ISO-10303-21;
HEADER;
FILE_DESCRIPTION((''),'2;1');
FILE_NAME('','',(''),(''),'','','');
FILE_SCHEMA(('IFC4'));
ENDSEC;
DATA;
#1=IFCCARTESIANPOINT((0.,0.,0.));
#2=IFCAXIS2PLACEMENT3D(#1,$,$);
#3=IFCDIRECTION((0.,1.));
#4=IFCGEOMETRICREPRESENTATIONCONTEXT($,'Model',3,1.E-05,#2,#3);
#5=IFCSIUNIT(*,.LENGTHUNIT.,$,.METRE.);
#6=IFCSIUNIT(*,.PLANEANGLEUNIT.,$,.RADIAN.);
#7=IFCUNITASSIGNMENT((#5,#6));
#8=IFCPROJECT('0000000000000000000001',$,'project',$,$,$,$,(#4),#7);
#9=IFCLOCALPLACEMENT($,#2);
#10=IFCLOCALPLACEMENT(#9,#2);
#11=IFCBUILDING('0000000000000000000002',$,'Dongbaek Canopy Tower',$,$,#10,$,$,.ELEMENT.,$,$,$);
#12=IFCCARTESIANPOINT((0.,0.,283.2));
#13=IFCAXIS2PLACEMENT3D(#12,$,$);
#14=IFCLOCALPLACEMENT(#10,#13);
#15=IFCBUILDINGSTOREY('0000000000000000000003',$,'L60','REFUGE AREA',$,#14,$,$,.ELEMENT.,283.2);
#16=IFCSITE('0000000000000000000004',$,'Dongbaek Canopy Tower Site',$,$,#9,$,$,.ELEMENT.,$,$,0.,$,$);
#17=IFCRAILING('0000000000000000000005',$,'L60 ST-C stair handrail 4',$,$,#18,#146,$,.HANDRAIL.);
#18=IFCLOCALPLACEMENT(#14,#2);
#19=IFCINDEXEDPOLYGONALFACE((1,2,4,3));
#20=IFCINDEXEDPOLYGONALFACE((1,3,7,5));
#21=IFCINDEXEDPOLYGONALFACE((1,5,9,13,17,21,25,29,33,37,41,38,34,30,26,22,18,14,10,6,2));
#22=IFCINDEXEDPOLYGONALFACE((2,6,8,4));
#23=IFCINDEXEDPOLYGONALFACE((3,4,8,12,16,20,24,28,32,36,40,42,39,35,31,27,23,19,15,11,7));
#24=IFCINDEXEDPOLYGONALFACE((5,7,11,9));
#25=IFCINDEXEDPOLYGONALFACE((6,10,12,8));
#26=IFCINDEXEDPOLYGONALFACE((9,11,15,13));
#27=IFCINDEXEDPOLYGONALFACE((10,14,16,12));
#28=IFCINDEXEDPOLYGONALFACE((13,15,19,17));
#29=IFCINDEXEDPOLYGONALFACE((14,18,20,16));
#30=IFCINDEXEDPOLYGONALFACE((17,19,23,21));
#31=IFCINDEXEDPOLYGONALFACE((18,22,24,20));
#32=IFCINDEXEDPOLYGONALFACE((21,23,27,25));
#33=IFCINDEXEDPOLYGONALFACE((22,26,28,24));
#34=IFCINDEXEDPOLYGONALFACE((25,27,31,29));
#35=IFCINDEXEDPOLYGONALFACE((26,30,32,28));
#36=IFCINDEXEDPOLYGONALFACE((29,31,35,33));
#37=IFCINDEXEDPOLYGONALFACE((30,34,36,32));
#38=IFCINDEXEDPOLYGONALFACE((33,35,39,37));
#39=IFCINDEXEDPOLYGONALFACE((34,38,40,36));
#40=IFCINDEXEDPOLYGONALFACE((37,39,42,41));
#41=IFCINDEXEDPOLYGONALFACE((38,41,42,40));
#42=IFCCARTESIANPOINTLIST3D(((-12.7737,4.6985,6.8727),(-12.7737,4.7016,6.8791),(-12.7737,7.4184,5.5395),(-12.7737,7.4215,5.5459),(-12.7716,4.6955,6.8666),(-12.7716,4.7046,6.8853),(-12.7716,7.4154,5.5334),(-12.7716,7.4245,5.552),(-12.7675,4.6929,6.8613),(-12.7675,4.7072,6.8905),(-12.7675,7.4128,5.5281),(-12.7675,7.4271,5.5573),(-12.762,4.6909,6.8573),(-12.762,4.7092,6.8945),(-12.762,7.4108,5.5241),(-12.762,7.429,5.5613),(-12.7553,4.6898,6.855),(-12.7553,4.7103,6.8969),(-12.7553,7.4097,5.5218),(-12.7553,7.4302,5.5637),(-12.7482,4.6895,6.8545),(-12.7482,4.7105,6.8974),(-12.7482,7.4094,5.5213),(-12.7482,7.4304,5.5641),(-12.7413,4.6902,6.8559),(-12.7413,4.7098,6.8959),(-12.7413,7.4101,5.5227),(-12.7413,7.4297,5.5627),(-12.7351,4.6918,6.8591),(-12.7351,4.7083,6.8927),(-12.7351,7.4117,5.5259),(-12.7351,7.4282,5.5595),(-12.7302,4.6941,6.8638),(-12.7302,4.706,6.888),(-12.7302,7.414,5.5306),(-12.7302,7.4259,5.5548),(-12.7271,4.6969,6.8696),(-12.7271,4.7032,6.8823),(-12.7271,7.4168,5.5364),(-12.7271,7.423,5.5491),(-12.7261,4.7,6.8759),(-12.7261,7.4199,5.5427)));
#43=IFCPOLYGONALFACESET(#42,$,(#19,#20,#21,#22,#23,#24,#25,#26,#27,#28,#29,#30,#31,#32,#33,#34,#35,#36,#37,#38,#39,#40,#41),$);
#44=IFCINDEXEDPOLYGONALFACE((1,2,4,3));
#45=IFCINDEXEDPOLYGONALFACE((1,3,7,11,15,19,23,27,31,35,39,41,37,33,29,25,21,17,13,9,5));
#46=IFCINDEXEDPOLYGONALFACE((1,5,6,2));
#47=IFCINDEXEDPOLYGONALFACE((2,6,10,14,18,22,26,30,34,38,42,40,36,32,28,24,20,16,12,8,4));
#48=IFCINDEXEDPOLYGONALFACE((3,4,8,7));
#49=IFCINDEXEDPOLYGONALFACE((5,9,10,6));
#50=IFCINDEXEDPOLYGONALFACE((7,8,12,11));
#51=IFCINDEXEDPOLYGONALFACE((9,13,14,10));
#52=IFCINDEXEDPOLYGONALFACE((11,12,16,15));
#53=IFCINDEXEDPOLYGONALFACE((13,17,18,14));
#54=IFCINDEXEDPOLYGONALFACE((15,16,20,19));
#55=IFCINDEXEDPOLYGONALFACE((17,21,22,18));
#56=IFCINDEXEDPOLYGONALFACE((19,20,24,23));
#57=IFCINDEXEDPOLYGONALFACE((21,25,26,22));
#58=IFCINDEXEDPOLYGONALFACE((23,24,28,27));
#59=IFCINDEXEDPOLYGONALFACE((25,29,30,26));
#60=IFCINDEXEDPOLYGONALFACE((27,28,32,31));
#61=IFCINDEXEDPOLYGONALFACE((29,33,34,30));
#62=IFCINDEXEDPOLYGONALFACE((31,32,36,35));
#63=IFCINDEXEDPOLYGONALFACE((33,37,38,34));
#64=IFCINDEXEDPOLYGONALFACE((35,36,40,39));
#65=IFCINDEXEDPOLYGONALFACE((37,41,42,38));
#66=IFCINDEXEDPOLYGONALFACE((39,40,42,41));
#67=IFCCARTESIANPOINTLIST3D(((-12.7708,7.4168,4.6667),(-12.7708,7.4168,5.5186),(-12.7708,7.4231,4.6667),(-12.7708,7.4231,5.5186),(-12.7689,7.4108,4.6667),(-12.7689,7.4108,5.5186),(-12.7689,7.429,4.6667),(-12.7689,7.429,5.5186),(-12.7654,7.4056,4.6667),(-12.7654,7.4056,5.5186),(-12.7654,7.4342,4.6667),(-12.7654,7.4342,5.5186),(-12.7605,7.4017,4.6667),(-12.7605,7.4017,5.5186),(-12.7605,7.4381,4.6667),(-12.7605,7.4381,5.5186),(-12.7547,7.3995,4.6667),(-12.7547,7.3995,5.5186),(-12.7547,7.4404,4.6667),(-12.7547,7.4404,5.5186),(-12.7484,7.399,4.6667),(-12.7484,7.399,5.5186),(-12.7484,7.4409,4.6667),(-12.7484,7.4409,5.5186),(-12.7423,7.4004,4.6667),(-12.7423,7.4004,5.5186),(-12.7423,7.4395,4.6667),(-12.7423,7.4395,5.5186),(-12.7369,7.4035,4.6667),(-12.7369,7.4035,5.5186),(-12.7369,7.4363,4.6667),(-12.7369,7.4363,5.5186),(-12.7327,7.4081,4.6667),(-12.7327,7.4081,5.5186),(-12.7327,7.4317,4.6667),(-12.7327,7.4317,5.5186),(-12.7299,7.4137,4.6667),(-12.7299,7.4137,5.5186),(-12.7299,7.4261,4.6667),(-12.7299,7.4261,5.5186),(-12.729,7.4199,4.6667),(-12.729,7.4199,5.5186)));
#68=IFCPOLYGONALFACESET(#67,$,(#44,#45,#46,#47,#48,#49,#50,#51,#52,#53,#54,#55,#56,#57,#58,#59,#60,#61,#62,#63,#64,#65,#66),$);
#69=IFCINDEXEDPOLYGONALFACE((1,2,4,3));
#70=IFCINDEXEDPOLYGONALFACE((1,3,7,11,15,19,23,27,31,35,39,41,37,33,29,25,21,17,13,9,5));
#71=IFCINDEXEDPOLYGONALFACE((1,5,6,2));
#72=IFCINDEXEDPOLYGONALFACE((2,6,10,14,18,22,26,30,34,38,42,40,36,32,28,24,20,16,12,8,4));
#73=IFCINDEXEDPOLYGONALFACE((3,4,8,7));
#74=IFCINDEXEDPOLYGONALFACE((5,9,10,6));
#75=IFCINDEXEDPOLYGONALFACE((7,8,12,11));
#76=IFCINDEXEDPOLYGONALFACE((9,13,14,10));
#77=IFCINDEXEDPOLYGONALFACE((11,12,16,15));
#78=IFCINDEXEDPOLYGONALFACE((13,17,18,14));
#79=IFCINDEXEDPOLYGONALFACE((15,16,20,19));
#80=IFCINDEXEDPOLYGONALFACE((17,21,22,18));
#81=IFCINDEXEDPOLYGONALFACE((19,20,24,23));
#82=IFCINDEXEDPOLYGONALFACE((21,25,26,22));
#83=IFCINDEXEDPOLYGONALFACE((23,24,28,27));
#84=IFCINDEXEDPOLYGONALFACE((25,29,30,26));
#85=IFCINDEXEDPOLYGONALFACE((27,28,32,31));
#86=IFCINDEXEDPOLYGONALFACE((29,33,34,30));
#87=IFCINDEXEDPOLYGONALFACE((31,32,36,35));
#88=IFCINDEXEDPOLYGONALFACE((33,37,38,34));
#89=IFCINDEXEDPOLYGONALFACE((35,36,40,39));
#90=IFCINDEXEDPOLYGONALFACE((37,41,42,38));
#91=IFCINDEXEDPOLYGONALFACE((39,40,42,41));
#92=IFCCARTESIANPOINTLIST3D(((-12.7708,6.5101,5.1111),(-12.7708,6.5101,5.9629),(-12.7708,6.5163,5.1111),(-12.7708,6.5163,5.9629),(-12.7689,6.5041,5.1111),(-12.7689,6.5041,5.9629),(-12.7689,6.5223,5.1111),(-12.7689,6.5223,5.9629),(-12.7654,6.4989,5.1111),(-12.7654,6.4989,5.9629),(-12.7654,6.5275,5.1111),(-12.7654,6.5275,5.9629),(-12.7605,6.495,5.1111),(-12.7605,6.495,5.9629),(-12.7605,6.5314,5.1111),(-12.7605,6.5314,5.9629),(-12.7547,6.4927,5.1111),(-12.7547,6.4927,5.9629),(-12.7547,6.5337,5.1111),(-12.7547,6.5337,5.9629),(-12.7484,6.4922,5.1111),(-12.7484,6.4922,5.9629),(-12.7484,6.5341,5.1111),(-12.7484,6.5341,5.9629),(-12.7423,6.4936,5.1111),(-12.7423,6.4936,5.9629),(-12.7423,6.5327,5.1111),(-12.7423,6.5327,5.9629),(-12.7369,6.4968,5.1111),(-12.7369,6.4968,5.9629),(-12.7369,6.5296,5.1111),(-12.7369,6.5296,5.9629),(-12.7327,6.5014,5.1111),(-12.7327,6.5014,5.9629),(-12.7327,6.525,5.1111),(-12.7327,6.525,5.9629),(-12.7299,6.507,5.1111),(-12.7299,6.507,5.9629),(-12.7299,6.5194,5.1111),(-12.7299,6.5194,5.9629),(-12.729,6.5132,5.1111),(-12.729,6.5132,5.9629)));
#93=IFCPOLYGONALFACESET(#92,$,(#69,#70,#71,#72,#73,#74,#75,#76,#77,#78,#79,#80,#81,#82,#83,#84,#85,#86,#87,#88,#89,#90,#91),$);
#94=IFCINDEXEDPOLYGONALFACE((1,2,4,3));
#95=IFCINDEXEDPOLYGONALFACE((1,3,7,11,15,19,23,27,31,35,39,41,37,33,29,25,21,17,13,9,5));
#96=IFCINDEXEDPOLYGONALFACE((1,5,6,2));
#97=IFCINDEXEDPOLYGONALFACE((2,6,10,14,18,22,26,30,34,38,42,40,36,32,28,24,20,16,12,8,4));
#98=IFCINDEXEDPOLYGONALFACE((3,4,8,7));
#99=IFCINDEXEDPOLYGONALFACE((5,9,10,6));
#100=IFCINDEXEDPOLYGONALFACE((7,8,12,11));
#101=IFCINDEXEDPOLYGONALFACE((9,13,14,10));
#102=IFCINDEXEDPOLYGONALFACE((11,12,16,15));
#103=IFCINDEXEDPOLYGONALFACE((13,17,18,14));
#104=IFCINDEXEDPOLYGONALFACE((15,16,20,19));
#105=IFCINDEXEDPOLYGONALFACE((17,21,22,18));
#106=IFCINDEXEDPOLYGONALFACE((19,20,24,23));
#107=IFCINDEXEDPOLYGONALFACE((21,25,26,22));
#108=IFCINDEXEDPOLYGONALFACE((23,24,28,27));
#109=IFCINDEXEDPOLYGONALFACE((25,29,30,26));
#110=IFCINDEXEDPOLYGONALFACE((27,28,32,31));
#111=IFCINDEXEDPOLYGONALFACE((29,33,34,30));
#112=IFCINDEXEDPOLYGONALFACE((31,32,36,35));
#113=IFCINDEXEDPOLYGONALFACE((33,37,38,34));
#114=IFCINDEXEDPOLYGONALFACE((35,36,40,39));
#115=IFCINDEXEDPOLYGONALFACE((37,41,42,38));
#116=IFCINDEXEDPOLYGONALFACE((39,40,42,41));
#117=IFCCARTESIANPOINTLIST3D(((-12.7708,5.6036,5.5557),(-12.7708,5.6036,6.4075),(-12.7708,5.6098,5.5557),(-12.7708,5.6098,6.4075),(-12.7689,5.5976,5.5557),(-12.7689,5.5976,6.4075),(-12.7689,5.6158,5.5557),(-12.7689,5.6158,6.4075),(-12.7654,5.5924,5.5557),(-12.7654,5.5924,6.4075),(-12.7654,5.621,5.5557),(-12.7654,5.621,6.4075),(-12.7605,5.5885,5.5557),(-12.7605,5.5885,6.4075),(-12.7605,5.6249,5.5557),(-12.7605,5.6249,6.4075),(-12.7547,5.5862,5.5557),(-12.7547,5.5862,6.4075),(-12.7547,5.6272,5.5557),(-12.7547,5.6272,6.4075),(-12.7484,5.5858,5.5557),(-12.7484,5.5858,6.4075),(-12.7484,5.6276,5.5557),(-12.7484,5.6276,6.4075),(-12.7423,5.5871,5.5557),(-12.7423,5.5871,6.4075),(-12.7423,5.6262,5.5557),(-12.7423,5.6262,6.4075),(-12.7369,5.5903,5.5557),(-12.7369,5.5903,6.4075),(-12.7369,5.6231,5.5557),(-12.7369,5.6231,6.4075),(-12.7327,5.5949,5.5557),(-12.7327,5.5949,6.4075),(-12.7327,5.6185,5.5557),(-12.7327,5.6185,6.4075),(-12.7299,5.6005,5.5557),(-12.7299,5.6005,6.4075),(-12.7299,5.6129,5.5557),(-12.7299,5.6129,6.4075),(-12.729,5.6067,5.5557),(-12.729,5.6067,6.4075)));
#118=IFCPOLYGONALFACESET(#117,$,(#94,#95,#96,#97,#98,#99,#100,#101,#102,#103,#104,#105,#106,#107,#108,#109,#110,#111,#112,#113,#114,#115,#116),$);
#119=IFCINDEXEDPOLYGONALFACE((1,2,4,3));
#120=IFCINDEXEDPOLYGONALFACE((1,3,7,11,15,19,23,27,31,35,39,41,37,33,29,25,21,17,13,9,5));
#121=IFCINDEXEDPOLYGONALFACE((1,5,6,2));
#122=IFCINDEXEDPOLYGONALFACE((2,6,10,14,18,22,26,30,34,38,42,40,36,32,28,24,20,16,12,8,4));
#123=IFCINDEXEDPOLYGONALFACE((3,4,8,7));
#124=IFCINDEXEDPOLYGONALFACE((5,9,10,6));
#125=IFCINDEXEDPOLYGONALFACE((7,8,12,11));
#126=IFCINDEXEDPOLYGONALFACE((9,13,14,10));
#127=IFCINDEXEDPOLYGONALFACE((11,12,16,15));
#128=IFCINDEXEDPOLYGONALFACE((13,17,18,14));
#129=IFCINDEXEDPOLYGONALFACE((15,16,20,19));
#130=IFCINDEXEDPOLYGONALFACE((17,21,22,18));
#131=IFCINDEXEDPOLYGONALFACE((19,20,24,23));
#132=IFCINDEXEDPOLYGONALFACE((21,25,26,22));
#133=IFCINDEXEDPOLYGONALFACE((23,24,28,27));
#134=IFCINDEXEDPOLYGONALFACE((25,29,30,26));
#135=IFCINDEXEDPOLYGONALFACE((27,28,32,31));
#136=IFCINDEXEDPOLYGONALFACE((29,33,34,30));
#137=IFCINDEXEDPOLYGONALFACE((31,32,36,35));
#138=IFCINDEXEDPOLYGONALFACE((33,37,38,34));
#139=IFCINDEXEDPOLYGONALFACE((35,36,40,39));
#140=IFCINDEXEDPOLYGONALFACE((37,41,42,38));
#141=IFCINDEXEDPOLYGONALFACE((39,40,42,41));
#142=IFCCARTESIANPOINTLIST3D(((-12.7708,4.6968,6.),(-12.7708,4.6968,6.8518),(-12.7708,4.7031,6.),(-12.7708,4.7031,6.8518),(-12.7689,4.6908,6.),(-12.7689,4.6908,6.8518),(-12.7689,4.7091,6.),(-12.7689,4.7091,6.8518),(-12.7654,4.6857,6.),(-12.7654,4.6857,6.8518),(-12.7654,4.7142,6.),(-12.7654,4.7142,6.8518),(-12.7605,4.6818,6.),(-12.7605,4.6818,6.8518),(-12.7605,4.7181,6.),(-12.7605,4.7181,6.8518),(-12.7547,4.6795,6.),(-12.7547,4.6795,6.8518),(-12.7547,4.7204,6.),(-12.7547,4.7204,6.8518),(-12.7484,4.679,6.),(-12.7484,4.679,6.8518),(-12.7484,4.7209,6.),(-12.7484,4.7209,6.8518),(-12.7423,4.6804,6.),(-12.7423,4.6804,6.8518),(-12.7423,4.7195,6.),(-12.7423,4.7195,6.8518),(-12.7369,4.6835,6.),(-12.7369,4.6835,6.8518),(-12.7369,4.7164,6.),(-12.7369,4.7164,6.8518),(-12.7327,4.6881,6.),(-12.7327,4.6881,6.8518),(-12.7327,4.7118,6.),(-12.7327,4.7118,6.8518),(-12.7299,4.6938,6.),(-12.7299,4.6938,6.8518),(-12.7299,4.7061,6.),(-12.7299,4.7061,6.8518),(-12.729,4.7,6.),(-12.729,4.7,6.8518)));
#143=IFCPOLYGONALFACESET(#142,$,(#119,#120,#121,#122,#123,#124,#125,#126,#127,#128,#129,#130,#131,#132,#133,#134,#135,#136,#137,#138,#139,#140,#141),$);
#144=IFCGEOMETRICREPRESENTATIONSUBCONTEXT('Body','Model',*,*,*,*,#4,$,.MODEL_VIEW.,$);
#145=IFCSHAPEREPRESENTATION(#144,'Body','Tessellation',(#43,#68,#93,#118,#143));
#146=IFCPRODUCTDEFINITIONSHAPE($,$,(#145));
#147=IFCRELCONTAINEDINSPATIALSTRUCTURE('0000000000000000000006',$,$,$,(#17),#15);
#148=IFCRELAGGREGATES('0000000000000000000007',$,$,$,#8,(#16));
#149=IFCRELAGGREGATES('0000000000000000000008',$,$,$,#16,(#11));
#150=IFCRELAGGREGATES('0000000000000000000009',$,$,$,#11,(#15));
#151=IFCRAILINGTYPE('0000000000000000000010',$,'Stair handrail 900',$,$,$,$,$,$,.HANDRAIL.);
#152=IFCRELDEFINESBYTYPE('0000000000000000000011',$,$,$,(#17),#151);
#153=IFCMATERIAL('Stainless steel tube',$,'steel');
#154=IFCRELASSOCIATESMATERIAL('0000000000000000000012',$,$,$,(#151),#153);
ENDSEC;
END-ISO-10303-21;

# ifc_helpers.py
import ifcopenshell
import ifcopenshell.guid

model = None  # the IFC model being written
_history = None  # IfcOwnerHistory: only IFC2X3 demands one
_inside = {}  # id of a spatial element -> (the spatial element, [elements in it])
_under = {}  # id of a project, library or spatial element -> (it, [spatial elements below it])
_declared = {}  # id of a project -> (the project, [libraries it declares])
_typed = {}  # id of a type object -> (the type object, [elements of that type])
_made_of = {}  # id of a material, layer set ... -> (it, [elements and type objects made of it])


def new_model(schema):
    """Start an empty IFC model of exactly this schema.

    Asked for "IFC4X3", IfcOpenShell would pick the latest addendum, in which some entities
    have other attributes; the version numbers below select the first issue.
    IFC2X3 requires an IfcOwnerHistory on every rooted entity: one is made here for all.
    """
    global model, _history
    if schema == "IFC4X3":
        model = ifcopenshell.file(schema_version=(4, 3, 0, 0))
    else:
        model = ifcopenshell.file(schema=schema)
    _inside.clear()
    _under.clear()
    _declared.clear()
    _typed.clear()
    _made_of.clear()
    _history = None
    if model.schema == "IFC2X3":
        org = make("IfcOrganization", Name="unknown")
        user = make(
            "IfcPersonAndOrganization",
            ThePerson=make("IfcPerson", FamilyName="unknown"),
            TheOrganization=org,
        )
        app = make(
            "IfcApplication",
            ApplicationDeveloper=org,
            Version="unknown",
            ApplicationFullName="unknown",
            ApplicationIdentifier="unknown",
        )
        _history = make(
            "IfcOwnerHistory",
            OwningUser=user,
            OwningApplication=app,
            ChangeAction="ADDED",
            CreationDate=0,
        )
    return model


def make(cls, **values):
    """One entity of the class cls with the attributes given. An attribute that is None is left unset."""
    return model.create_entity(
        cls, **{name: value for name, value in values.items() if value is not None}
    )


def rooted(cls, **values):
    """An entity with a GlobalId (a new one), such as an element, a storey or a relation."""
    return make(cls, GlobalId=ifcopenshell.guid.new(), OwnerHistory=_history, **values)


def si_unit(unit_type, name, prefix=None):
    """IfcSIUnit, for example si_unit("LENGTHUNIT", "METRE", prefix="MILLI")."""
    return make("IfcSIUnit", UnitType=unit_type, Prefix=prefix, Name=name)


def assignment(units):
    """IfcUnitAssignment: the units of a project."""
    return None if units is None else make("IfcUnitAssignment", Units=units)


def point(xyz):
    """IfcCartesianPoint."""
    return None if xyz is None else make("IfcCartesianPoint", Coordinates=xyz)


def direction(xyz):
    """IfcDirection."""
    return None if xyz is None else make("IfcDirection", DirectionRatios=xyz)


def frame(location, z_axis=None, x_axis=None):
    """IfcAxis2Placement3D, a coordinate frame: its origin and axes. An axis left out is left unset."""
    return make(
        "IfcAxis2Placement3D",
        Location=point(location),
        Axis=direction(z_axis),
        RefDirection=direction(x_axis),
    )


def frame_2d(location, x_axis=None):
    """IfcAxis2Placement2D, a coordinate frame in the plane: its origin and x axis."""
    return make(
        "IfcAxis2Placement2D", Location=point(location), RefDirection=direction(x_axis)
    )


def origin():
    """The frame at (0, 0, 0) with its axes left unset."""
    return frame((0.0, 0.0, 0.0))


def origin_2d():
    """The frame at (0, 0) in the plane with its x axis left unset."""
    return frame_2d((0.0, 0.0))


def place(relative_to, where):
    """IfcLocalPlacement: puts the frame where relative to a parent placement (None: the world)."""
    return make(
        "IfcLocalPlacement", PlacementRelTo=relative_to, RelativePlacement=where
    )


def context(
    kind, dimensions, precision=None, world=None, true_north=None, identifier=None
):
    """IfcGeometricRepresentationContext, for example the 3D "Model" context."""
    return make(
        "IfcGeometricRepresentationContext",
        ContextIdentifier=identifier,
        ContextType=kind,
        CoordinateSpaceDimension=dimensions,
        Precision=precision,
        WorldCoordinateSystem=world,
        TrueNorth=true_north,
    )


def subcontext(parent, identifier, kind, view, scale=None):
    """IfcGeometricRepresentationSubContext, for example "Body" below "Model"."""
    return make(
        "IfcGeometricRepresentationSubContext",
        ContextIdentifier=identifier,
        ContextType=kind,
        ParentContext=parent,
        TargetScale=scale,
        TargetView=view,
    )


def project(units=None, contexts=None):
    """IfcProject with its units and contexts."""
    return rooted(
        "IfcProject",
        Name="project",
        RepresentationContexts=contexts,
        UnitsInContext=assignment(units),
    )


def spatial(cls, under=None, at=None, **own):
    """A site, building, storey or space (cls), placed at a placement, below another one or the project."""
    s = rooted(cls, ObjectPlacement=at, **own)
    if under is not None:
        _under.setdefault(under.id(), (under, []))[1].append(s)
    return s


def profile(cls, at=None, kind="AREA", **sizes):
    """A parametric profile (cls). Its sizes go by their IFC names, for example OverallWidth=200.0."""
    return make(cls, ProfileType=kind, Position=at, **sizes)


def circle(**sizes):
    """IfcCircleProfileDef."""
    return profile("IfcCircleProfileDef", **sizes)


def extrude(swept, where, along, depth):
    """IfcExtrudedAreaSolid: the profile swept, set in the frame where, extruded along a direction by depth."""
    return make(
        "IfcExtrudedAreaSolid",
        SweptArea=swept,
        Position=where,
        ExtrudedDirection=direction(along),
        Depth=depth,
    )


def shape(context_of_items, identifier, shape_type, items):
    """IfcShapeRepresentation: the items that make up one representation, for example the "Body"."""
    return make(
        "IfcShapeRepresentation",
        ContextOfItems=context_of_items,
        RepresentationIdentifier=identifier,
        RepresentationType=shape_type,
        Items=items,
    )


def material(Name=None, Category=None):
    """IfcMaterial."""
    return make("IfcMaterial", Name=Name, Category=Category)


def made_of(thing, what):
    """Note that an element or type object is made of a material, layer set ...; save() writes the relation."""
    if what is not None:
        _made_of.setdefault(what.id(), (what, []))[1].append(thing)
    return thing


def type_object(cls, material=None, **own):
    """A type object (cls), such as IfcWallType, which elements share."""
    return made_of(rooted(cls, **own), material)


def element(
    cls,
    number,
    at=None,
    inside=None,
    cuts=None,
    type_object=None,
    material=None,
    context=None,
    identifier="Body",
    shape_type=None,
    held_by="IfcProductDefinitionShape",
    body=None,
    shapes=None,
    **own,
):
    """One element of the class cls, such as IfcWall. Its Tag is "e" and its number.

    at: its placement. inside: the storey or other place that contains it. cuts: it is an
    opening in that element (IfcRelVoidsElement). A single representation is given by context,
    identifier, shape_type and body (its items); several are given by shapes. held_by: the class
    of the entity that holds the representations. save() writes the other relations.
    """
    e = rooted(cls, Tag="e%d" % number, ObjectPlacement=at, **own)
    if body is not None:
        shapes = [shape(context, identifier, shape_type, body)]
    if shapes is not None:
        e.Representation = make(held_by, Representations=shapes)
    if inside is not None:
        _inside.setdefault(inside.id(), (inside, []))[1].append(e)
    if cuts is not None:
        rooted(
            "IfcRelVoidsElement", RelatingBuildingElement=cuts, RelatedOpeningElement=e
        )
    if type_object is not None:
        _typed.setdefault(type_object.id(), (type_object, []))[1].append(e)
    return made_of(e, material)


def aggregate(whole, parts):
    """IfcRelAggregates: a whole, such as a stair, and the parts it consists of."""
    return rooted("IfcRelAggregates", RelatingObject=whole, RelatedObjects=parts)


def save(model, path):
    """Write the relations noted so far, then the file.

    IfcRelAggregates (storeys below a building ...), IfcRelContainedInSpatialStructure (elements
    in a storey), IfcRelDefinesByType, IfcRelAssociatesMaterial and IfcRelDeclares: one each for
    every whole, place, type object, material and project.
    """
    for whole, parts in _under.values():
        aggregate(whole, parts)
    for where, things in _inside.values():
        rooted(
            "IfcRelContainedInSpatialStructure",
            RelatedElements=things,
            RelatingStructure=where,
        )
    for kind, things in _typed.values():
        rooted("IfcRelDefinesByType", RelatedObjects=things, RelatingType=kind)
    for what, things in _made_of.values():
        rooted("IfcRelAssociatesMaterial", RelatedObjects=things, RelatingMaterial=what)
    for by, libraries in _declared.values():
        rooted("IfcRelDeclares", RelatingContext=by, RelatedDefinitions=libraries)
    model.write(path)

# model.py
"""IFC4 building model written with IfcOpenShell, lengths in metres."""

from ifc_helpers import new_model, si_unit, direction, frame, origin, origin_2d, place, context, subcontext, project, spatial, circle, extrude, material, type_object, element, save


model = new_model("IFC4")

# Units and contexts
model_context = context("Model", 3, precision=1e-05, world=origin(), true_north=direction((0.0, 1.0)))
body_context = subcontext(model_context, "Body", "Model", "MODEL_VIEW")
ifc_project = project(units=[si_unit("LENGTHUNIT", "METRE"), si_unit("PLANEANGLEUNIT", "RADIAN")], contexts=[model_context])

# Site, building, storey
site_placement = place(None, origin())
site = spatial("IfcSite", under=ifc_project, at=site_placement, Name="Dongbaek Canopy Tower Site", CompositionType="ELEMENT", RefElevation=0.0)
building_placement = place(site_placement, origin())
building = spatial("IfcBuilding", under=site, at=building_placement, Name="Dongbaek Canopy Tower", CompositionType="ELEMENT")
storey_placement = place(building_placement, frame((0.0, 0.0, 283.2)))
storey = spatial("IfcBuildingStorey", under=building, at=storey_placement, Name="L60", Description="REFUGE AREA", CompositionType="ELEMENT", Elevation=283.2)

# Railing
ifc_material_1 = material(Name="Stainless steel tube", Category="steel")
railing_type_1 = type_object("IfcRailingType", Name="Stair handrail 900", PredefinedType="HANDRAIL", material=ifc_material_1)
railing_1_placement = place(storey_placement, frame((-12.75, 7.4199, 4.6667)))
element("IfcRailing", 1, at=railing_1_placement, inside=storey, type_object=railing_type_1, Name="L60 ST-C stair handrail 4", PredefinedType="HANDRAIL", context=body_context, shape_type="SweptSolid", body=[
    extrude(circle(Radius=0.0239, at=origin_2d()), frame((0.0, 0.0, 0.876), z_axis=(0.0, -0.897929, 0.440139), x_axis=(1.0, 0.0, 0.0)), (0.0, 0.0, 1.0), 3.0291),
    extrude(circle(Radius=0.021, at=origin_2d()), origin(), (0.0, 0.0, 1.0), 0.8518),
    extrude(circle(Radius=0.021, at=origin_2d()), frame((0.0, -0.9067, 0.4443)), (0.0, 0.0, 1.0), 0.8518),
    extrude(circle(Radius=0.021, at=origin_2d()), frame((0.0, -1.8132, 0.8889)), (0.0, 0.0, 1.0), 0.8518),
    extrude(circle(Radius=0.021, at=origin_2d()), frame((0.0, -2.72, 1.3333)), (0.0, 0.0, 1.0), 0.8518),
])

save(model, "model.ifc")
